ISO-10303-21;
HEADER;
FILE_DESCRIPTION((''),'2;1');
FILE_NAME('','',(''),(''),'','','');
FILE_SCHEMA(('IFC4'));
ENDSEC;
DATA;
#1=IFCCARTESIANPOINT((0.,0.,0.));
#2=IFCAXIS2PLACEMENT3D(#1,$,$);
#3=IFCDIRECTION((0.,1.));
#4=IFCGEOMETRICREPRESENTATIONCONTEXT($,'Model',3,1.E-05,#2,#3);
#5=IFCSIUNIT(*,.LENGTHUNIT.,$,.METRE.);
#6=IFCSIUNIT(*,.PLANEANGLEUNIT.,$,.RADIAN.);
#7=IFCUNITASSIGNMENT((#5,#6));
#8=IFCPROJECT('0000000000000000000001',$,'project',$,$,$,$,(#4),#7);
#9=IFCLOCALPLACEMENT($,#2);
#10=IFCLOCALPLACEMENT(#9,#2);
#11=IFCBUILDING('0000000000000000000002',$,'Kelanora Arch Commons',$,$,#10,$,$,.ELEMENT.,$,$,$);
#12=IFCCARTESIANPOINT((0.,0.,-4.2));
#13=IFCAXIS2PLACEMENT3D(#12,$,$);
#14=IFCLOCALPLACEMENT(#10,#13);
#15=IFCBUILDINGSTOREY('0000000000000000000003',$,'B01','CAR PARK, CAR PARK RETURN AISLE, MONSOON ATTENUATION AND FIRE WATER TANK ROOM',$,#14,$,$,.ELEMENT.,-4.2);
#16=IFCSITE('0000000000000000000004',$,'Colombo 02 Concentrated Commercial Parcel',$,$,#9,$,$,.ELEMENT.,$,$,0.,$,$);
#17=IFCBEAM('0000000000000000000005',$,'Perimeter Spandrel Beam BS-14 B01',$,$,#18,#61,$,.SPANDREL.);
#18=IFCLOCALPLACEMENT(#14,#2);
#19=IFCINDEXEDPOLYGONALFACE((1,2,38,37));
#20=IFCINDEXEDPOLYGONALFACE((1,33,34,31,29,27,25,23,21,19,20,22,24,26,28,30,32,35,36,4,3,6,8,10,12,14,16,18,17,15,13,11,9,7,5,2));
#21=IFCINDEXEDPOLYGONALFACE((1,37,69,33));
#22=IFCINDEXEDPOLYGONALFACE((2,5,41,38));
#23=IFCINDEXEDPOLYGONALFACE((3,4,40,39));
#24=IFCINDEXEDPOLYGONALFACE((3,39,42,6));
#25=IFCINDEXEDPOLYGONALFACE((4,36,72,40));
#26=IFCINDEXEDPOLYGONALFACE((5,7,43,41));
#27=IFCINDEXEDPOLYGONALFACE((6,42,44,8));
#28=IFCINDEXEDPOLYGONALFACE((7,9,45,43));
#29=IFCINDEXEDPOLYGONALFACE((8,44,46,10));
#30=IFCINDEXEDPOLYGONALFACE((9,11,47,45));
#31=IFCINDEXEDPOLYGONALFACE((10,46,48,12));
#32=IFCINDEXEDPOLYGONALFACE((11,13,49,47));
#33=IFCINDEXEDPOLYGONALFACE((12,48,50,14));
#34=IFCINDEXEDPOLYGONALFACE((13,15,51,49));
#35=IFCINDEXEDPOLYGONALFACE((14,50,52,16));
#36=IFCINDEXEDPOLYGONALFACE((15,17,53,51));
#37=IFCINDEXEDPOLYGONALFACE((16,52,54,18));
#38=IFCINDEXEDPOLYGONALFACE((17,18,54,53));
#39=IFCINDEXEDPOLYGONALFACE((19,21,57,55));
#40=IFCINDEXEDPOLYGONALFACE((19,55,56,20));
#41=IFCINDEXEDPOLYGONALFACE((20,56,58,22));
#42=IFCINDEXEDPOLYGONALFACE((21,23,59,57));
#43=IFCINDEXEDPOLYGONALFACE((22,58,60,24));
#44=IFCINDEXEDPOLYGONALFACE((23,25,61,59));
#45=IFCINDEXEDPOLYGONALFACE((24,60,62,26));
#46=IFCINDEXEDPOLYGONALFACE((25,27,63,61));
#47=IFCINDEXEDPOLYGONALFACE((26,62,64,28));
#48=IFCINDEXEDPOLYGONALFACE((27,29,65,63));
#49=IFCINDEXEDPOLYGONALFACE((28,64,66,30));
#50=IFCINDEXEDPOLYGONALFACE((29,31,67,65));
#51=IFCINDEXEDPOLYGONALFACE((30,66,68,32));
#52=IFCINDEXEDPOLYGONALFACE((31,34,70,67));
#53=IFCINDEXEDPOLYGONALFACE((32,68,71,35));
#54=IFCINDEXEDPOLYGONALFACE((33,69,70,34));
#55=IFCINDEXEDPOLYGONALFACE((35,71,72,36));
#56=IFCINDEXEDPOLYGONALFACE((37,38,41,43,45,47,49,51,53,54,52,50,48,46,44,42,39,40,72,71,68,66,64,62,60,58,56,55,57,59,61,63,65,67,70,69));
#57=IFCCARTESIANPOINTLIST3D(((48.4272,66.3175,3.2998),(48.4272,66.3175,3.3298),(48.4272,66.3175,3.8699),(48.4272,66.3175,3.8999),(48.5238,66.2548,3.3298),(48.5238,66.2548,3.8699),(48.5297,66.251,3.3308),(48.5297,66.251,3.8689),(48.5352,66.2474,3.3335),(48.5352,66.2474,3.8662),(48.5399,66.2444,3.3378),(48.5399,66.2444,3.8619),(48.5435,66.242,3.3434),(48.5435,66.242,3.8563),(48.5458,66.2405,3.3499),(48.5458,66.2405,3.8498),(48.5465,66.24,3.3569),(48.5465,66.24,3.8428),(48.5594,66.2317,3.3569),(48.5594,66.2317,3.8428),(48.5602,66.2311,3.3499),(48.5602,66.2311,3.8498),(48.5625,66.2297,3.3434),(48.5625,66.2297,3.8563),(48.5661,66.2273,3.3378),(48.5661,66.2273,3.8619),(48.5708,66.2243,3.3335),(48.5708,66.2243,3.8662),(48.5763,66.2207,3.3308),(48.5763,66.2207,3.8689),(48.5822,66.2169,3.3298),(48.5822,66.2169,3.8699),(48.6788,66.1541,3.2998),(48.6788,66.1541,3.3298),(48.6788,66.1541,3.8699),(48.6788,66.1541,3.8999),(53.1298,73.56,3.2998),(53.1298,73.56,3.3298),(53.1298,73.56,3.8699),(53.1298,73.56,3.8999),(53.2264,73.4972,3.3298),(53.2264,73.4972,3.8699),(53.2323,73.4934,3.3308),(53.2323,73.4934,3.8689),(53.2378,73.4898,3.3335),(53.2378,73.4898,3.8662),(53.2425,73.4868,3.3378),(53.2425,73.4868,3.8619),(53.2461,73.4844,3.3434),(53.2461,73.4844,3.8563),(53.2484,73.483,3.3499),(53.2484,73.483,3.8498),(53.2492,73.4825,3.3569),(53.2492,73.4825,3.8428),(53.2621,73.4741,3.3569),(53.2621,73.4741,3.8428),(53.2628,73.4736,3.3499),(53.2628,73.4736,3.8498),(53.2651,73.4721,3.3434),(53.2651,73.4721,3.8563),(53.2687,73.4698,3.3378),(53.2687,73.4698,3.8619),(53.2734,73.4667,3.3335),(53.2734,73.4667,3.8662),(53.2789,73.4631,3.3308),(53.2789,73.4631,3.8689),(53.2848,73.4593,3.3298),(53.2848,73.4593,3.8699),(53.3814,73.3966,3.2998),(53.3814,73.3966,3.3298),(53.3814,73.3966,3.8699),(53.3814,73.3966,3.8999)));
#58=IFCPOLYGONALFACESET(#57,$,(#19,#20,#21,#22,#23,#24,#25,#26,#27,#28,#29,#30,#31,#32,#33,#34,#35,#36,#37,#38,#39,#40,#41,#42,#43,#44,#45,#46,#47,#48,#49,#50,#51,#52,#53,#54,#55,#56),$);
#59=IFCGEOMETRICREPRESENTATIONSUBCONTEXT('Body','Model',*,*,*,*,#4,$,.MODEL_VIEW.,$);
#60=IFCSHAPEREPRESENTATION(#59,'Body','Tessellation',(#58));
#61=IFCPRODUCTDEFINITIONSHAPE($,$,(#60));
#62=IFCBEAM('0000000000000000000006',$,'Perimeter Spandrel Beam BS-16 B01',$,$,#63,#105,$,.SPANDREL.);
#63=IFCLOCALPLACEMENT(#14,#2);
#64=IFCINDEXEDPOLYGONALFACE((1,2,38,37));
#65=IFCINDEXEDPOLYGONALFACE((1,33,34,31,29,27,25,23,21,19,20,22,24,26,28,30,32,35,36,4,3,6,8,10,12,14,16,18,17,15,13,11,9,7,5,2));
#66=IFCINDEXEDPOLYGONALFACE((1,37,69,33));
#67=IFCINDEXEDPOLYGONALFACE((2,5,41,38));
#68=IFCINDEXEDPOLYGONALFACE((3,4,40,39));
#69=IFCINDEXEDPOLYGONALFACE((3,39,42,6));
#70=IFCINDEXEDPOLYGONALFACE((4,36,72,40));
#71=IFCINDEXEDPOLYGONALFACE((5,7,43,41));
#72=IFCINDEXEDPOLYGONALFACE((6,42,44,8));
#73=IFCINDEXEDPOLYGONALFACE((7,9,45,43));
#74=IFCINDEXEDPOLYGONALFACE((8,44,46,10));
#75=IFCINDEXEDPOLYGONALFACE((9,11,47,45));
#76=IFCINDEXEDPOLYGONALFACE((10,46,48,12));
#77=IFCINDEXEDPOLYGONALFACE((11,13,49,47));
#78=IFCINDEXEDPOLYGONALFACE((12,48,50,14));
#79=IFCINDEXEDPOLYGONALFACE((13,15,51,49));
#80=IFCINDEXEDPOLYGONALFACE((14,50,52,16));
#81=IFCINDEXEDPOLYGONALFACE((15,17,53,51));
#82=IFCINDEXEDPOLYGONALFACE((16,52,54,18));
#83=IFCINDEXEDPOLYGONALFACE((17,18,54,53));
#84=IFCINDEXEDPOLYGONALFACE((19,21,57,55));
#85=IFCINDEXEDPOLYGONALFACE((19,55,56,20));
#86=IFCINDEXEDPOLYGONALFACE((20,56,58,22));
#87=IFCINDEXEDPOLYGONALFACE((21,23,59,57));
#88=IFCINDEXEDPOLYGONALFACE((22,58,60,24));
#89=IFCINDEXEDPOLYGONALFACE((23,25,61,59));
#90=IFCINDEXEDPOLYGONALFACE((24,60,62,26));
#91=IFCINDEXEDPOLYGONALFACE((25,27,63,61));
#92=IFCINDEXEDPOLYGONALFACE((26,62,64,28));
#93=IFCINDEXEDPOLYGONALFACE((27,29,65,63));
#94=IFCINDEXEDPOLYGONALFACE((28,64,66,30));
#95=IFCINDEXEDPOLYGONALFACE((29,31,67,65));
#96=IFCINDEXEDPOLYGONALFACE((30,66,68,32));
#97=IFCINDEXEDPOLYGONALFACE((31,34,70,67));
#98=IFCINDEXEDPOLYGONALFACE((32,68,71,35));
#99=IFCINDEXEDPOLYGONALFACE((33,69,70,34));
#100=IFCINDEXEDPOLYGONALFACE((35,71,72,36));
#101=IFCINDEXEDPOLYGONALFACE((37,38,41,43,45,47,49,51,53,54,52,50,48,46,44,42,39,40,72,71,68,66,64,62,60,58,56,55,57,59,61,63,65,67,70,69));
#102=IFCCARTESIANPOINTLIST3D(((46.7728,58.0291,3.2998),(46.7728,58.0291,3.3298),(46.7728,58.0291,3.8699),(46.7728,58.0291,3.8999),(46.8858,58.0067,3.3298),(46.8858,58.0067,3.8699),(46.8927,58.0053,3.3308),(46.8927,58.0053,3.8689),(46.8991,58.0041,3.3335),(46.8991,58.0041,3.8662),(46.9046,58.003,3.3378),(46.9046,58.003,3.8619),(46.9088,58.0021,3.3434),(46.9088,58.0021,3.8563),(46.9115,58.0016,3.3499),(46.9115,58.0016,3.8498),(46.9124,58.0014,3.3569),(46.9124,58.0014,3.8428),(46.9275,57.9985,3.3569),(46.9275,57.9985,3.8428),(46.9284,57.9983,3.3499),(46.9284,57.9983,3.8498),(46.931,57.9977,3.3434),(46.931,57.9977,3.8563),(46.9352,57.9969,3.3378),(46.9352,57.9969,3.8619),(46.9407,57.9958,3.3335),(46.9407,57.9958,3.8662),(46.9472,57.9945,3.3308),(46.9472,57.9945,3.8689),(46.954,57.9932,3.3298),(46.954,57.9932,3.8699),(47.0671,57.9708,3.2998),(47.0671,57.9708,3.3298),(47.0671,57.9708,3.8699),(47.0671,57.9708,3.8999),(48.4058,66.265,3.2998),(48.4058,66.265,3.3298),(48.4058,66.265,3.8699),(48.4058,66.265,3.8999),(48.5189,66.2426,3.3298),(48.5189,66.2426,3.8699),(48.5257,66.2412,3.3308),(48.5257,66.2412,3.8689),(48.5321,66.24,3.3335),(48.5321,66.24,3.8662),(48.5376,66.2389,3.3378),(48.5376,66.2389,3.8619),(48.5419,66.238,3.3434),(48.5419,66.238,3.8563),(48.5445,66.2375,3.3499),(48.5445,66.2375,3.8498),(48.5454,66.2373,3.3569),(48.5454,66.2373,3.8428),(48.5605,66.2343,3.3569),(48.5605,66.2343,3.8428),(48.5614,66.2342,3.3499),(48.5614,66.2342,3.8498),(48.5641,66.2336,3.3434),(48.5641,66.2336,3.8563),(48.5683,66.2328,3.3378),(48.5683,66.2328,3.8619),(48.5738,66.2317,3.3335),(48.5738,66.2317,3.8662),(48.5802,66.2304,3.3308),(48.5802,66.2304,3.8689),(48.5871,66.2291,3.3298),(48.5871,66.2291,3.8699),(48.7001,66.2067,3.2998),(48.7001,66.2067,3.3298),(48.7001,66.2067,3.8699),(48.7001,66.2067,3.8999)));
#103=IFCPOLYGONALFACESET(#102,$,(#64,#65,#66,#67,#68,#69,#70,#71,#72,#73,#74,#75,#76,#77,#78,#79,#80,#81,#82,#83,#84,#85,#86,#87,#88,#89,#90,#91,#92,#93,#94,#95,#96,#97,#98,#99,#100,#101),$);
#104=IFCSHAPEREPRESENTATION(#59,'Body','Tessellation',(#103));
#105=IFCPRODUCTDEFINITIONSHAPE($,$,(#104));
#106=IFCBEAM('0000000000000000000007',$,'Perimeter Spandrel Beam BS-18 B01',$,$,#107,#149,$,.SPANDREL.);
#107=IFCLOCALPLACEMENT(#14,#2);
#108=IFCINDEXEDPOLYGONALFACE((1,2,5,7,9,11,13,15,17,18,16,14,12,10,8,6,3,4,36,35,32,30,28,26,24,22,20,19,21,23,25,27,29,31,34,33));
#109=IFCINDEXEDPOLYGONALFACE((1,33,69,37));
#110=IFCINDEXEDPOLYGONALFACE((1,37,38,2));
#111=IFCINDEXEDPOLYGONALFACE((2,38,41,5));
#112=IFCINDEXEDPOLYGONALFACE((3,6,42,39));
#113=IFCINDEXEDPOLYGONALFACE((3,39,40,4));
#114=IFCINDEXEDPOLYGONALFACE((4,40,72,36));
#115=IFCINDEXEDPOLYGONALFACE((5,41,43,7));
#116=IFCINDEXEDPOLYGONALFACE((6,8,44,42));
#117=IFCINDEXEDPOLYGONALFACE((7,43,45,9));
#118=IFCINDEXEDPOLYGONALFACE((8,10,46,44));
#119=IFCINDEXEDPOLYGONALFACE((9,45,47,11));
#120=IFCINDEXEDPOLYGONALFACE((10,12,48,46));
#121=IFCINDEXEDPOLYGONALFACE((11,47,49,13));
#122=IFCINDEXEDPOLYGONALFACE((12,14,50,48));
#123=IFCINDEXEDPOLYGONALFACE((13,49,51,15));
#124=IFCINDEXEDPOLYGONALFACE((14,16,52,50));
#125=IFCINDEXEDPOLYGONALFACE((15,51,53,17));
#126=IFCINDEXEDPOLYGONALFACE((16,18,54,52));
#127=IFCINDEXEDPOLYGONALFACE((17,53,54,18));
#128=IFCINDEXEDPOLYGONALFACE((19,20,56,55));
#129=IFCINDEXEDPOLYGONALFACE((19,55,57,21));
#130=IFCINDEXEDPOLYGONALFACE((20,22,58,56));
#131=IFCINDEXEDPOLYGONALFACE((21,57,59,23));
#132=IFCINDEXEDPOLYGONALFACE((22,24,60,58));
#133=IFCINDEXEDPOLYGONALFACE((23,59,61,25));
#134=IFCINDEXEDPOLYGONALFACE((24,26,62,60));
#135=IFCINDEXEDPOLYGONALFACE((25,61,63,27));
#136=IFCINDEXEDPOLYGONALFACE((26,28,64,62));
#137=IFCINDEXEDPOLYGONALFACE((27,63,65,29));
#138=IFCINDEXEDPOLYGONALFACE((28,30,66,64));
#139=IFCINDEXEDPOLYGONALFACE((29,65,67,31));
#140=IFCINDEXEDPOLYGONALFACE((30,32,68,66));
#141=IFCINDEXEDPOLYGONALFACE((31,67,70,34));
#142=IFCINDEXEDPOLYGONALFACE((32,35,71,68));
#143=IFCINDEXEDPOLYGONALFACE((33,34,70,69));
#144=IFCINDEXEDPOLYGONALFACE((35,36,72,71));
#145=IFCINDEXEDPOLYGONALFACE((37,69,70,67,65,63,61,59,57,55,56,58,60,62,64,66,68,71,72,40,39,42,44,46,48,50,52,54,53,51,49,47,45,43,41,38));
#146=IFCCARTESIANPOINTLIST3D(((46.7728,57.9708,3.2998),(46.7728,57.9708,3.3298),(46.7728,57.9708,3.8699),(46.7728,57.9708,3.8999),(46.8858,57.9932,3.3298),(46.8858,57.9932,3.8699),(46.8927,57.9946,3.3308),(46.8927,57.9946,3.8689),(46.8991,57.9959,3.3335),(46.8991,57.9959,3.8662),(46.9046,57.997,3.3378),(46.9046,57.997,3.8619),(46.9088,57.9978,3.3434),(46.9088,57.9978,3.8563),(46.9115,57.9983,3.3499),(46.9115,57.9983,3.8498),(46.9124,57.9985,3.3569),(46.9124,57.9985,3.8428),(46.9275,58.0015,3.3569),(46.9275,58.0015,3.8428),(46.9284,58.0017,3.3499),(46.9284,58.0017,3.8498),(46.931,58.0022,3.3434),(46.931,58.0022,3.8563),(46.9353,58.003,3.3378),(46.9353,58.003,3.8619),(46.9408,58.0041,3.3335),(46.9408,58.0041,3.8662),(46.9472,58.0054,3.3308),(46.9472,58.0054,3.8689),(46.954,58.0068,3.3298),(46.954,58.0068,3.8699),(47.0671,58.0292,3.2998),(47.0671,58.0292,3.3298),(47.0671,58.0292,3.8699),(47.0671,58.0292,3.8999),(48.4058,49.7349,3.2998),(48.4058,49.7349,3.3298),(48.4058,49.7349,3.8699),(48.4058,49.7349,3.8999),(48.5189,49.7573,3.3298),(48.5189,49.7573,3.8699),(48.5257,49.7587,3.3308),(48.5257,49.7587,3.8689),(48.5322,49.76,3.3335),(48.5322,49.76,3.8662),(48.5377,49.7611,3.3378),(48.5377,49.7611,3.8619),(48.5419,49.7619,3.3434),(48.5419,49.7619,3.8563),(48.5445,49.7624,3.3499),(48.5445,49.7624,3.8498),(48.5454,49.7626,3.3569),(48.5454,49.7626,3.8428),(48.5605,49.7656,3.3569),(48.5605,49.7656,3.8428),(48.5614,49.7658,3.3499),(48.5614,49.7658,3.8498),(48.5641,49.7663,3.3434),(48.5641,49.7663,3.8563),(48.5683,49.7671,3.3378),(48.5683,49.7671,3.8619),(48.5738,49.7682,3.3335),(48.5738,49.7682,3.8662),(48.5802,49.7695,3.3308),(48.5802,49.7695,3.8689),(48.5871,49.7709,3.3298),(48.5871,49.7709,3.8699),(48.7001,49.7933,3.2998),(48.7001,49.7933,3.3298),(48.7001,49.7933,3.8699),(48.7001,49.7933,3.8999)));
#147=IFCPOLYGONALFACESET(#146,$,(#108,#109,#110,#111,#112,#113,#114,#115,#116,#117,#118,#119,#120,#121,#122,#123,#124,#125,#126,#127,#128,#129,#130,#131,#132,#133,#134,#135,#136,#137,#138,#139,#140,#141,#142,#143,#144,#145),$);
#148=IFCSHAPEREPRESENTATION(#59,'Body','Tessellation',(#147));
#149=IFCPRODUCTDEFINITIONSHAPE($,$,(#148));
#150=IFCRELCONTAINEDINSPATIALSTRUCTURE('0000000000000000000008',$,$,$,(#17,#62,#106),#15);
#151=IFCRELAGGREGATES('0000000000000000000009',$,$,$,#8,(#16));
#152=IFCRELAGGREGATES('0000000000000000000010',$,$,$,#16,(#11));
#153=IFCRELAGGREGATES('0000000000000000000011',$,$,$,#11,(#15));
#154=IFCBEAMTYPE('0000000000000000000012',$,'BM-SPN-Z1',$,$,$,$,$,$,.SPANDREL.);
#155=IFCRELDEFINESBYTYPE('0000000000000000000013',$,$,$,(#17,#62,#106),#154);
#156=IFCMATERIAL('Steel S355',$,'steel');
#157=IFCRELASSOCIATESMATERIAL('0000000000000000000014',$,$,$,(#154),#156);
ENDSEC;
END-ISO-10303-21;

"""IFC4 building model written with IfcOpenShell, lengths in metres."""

from ifc_helpers import new_model, si_unit, direction, frame, origin, origin_2d, place, context, subcontext, project, spatial, i_section, extrude, material, material_profile, profile_set, type_object, element, save


model = new_model("IFC4")

# Units and contexts
model_context = context("Model", 3, precision=1e-05, world=origin(), true_north=direction((0.0, 1.0)))
body_context = subcontext(model_context, "Body", "Model", "MODEL_VIEW")
ifc_project = project(units=[si_unit("LENGTHUNIT", "METRE"), si_unit("PLANEANGLEUNIT", "RADIAN")], contexts=[model_context])

# Site, building, storey
site_placement = place(None, origin())
site = spatial("IfcSite", under=ifc_project, at=site_placement, Name="Colombo 02 Concentrated Commercial Parcel", CompositionType="ELEMENT", RefElevation=0.0)
building_placement = place(site_placement, origin())
building = spatial("IfcBuilding", under=site, at=building_placement, Name="Kelanora Arch Commons", CompositionType="ELEMENT")
storey_placement = place(building_placement, frame((0.0, 0.0, -4.2)))
storey = spatial("IfcBuildingStorey", under=building, at=storey_placement, Name="B01", Description="CAR PARK, CAR PARK RETURN AISLE, MONSOON ATTENUATION AND FIRE WATER TANK ROOM", CompositionType="ELEMENT", Elevation=-4.2)

# Shared definitions
ifc_material_1 = material(Name="Steel S355", Category="steel")

# Beams
ifc_material_profile_1 = material_profile(ifc_material_1, i_section(OverallWidth=0.3, OverallDepth=0.6001, WebThickness=0.0154, FlangeThickness=0.03, FilletRadius=0.0271, at=origin_2d()), Name="HEB600")
ifc_profile_set_1 = profile_set([ifc_material_profile_1], Name="Steel S355")
beam_type_1 = type_object("IfcBeamType", Name="BM-SPN-Z1", PredefinedType="SPANDREL", material=ifc_profile_set_1)
beam_1_placement = place(storey_placement, frame((53.2556, 73.4783, 3.5999), z_axis=(-0.544586, -0.838705, 0.0), x_axis=(0.838705, -0.544586, 0.0)))
element("IfcBeam", 1, at=beam_1_placement, inside=storey, type_object=beam_type_1, Name="Perimeter Spandrel Beam BS-14 B01", PredefinedType="SPANDREL", context=body_context, shape_type="SweptSolid", body=[
    extrude(i_section(OverallWidth=0.3, OverallDepth=0.6001, WebThickness=0.0154, FlangeThickness=0.03, FilletRadius=0.0271, at=origin_2d()), origin(), (0.0, 0.0, 1.0), 8.6353),
])
for number, where, z_axis, x_axis, name in (
    (2, (48.553, 66.2358, 3.5999), (-0.1945, -0.980903, 0.0), (0.980903, -0.1945, 0.0), "Perimeter Spandrel Beam BS-16 B01"),
    (3, (46.9199, 58.0, 3.5999), (0.1945, -0.980903, 0.0), (0.980903, 0.1945, 0.0), "Perimeter Spandrel Beam BS-18 B01"),
):
    element("IfcBeam", number, at=place(storey_placement, frame(where, z_axis=z_axis, x_axis=x_axis)), inside=storey, type_object=beam_type_1, Name=name, PredefinedType="SPANDREL", context=body_context, shape_type="SweptSolid", body=[
        extrude(i_section(OverallWidth=0.3, OverallDepth=0.6001, WebThickness=0.0154, FlangeThickness=0.03, FilletRadius=0.0271, at=origin_2d()), origin(), (0.0, 0.0, 1.0), 8.3962),
    ])

save(model, "model.ifc")
